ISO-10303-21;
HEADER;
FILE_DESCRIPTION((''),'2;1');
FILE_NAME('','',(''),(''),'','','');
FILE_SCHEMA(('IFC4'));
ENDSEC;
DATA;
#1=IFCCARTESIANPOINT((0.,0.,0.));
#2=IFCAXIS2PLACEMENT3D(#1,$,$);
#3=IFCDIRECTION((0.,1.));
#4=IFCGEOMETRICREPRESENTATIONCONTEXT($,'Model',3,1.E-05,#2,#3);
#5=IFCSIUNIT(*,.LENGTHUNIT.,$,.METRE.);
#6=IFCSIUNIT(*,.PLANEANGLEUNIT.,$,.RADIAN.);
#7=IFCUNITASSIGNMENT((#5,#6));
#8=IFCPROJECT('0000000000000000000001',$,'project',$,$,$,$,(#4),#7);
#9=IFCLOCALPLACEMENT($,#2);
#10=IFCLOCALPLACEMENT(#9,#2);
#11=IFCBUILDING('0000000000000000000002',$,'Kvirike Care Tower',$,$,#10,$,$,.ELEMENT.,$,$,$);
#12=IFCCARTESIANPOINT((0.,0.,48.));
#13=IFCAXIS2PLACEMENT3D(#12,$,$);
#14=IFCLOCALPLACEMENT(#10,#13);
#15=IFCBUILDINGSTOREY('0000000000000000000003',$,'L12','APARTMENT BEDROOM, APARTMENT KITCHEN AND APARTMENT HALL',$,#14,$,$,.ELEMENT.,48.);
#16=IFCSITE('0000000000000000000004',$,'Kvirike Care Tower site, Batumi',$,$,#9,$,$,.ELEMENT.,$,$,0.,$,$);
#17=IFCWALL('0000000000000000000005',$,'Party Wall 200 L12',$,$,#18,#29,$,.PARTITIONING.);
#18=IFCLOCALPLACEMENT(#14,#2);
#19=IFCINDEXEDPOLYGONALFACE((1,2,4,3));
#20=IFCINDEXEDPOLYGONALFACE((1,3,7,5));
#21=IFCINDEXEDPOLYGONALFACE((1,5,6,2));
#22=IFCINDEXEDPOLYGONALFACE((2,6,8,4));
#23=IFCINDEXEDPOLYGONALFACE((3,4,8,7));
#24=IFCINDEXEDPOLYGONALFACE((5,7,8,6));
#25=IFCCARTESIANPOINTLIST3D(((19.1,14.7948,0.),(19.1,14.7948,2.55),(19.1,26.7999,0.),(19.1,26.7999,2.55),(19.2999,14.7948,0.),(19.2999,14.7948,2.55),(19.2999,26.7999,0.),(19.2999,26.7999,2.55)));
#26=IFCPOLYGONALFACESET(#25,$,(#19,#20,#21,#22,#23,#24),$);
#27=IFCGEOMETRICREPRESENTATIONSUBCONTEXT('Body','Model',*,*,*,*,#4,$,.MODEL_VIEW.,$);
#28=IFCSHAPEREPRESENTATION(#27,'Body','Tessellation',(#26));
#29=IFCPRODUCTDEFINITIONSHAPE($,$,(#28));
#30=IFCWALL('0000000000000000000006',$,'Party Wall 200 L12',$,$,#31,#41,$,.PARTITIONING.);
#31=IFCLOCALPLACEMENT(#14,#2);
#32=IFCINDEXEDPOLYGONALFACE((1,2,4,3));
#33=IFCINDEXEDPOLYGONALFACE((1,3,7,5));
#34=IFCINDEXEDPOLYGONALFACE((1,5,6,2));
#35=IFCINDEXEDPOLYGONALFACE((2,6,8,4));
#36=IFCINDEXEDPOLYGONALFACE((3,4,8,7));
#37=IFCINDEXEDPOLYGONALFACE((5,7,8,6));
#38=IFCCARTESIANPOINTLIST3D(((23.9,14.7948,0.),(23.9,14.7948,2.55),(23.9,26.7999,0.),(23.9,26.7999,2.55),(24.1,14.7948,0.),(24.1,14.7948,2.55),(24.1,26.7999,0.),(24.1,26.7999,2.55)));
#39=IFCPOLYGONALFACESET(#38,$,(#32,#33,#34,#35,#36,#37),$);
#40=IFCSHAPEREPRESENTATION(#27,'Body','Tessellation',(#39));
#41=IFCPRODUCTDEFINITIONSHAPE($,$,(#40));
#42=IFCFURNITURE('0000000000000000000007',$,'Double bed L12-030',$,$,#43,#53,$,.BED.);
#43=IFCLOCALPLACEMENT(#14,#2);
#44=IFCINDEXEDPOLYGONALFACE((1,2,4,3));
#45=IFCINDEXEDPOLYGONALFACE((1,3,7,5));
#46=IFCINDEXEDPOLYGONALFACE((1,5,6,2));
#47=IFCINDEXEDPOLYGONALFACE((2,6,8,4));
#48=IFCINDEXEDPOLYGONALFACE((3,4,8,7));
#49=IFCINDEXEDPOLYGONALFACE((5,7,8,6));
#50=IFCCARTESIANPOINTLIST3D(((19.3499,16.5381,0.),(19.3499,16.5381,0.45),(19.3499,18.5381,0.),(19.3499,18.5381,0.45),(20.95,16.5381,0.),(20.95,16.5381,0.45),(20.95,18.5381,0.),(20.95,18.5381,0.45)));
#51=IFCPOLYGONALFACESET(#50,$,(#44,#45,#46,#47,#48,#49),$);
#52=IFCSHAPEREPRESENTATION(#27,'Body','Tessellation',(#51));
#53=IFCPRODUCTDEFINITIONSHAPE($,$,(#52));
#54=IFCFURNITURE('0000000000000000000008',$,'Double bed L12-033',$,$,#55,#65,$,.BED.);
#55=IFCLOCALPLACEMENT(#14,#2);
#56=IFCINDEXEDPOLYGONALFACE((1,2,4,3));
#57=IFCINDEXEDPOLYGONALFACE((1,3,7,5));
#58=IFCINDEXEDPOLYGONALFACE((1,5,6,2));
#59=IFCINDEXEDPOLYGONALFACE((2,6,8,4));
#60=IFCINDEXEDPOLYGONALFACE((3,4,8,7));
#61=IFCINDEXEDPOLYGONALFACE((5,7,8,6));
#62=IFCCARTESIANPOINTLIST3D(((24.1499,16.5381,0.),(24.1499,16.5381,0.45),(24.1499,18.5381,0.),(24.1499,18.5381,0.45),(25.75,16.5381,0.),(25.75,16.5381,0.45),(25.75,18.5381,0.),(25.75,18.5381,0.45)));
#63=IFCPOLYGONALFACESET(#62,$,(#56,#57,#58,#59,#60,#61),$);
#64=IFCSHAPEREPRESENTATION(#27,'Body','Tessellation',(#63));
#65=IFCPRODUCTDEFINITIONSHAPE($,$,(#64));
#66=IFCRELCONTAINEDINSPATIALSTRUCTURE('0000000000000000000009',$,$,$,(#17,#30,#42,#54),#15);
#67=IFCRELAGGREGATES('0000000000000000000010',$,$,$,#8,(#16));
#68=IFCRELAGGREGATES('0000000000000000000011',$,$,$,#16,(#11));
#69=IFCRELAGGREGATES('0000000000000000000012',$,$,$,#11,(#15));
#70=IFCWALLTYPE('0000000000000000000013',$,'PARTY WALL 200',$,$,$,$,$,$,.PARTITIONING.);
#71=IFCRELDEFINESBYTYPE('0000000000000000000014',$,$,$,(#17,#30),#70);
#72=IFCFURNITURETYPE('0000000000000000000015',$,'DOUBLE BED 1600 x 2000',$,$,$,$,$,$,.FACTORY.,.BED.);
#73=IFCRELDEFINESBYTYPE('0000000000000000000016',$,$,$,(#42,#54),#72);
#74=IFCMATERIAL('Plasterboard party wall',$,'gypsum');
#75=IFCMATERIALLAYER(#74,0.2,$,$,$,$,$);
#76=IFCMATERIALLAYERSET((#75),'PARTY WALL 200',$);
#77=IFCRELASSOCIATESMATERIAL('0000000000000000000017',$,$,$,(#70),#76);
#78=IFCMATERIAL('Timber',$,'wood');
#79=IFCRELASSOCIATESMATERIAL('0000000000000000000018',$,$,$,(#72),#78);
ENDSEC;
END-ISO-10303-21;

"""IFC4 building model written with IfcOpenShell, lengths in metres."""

from ifc_helpers import new_model, si_unit, direction, frame, frame_2d, origin, origin_2d, place, context, subcontext, project, spatial, rectangle, extrude, material, layer, layer_set, type_object, element, save


model = new_model("IFC4")

# Units and contexts
model_context = context("Model", 3, precision=1e-05, world=origin(), true_north=direction((0.0, 1.0)))
body_context = subcontext(model_context, "Body", "Model", "MODEL_VIEW")
ifc_project = project(units=[si_unit("LENGTHUNIT", "METRE"), si_unit("PLANEANGLEUNIT", "RADIAN")], contexts=[model_context])

# Site, building, storey
site_placement = place(None, origin())
site = spatial("IfcSite", under=ifc_project, at=site_placement, Name="Kvirike Care Tower site, Batumi", CompositionType="ELEMENT", RefElevation=0.0)
building_placement = place(site_placement, origin())
building = spatial("IfcBuilding", under=site, at=building_placement, Name="Kvirike Care Tower", CompositionType="ELEMENT")
storey_placement = place(building_placement, frame((0.0, 0.0, 48.0)))
storey = spatial("IfcBuildingStorey", under=building, at=storey_placement, Name="L12", Description="APARTMENT BEDROOM, APARTMENT KITCHEN AND APARTMENT HALL", CompositionType="ELEMENT", Elevation=48.0)

# Walls
ifc_material_1 = material(Name="Plasterboard party wall", Category="gypsum")
ifc_layer_1 = layer(ifc_material_1, 0.2)
ifc_layer_set_1 = layer_set([ifc_layer_1], Name="PARTY WALL 200")
wall_type_1 = type_object("IfcWallType", Name="PARTY WALL 200", PredefinedType="PARTITIONING", material=ifc_layer_set_1)
for number, where, z_axis, x_axis, name in (
    (1, (19.2, 14.7949, 0.0), (0.0, 0.0, 1.0), (0.0, 1.0, 0.0), "Party Wall 200 L12"),
    (2, (24.0, 14.7949, 0.0), (0.0, 0.0, 1.0), (0.0, 1.0, 0.0), "Party Wall 200 L12"),
):
    element("IfcWall", number, at=place(storey_placement, frame(where, z_axis=z_axis, x_axis=x_axis)), inside=storey, type_object=wall_type_1, Name=name, PredefinedType="PARTITIONING", context=body_context, shape_type="SweptSolid", body=[
        extrude(rectangle(XDim=12.0051, YDim=0.2, at=frame_2d((6.0024, 0.0))), origin(), (0.0, 0.0, 1.0), 2.55),
    ])

# Furniture
ifc_material_2 = material(Name="Timber", Category="wood")
furniture_type = type_object("IfcFurnitureType", Name="DOUBLE BED 1600 x 2000", AssemblyPlace="FACTORY", PredefinedType="BED", material=ifc_material_2)
for number, where, z_axis, x_axis, name in (
    (3, (20.1499, 17.5381, 0.0), (0.0, 0.0, 1.0), (1.0, 0.0, 0.0), "Double bed L12-030"),
    (4, (24.95, 17.5381, 0.0), (0.0, 0.0, 1.0), (1.0, 0.0, 0.0), "Double bed L12-033"),
):
    element("IfcFurniture", number, at=place(storey_placement, frame(where, z_axis=z_axis, x_axis=x_axis)), inside=storey, type_object=furniture_type, Name=name, PredefinedType="BED", context=body_context, shape_type="SweptSolid", body=[
        extrude(rectangle(XDim=1.6001, YDim=2.0, at=origin_2d()), origin(), (0.0, 0.0, 1.0), 0.45),
    ])

save(model, "model.ifc")
